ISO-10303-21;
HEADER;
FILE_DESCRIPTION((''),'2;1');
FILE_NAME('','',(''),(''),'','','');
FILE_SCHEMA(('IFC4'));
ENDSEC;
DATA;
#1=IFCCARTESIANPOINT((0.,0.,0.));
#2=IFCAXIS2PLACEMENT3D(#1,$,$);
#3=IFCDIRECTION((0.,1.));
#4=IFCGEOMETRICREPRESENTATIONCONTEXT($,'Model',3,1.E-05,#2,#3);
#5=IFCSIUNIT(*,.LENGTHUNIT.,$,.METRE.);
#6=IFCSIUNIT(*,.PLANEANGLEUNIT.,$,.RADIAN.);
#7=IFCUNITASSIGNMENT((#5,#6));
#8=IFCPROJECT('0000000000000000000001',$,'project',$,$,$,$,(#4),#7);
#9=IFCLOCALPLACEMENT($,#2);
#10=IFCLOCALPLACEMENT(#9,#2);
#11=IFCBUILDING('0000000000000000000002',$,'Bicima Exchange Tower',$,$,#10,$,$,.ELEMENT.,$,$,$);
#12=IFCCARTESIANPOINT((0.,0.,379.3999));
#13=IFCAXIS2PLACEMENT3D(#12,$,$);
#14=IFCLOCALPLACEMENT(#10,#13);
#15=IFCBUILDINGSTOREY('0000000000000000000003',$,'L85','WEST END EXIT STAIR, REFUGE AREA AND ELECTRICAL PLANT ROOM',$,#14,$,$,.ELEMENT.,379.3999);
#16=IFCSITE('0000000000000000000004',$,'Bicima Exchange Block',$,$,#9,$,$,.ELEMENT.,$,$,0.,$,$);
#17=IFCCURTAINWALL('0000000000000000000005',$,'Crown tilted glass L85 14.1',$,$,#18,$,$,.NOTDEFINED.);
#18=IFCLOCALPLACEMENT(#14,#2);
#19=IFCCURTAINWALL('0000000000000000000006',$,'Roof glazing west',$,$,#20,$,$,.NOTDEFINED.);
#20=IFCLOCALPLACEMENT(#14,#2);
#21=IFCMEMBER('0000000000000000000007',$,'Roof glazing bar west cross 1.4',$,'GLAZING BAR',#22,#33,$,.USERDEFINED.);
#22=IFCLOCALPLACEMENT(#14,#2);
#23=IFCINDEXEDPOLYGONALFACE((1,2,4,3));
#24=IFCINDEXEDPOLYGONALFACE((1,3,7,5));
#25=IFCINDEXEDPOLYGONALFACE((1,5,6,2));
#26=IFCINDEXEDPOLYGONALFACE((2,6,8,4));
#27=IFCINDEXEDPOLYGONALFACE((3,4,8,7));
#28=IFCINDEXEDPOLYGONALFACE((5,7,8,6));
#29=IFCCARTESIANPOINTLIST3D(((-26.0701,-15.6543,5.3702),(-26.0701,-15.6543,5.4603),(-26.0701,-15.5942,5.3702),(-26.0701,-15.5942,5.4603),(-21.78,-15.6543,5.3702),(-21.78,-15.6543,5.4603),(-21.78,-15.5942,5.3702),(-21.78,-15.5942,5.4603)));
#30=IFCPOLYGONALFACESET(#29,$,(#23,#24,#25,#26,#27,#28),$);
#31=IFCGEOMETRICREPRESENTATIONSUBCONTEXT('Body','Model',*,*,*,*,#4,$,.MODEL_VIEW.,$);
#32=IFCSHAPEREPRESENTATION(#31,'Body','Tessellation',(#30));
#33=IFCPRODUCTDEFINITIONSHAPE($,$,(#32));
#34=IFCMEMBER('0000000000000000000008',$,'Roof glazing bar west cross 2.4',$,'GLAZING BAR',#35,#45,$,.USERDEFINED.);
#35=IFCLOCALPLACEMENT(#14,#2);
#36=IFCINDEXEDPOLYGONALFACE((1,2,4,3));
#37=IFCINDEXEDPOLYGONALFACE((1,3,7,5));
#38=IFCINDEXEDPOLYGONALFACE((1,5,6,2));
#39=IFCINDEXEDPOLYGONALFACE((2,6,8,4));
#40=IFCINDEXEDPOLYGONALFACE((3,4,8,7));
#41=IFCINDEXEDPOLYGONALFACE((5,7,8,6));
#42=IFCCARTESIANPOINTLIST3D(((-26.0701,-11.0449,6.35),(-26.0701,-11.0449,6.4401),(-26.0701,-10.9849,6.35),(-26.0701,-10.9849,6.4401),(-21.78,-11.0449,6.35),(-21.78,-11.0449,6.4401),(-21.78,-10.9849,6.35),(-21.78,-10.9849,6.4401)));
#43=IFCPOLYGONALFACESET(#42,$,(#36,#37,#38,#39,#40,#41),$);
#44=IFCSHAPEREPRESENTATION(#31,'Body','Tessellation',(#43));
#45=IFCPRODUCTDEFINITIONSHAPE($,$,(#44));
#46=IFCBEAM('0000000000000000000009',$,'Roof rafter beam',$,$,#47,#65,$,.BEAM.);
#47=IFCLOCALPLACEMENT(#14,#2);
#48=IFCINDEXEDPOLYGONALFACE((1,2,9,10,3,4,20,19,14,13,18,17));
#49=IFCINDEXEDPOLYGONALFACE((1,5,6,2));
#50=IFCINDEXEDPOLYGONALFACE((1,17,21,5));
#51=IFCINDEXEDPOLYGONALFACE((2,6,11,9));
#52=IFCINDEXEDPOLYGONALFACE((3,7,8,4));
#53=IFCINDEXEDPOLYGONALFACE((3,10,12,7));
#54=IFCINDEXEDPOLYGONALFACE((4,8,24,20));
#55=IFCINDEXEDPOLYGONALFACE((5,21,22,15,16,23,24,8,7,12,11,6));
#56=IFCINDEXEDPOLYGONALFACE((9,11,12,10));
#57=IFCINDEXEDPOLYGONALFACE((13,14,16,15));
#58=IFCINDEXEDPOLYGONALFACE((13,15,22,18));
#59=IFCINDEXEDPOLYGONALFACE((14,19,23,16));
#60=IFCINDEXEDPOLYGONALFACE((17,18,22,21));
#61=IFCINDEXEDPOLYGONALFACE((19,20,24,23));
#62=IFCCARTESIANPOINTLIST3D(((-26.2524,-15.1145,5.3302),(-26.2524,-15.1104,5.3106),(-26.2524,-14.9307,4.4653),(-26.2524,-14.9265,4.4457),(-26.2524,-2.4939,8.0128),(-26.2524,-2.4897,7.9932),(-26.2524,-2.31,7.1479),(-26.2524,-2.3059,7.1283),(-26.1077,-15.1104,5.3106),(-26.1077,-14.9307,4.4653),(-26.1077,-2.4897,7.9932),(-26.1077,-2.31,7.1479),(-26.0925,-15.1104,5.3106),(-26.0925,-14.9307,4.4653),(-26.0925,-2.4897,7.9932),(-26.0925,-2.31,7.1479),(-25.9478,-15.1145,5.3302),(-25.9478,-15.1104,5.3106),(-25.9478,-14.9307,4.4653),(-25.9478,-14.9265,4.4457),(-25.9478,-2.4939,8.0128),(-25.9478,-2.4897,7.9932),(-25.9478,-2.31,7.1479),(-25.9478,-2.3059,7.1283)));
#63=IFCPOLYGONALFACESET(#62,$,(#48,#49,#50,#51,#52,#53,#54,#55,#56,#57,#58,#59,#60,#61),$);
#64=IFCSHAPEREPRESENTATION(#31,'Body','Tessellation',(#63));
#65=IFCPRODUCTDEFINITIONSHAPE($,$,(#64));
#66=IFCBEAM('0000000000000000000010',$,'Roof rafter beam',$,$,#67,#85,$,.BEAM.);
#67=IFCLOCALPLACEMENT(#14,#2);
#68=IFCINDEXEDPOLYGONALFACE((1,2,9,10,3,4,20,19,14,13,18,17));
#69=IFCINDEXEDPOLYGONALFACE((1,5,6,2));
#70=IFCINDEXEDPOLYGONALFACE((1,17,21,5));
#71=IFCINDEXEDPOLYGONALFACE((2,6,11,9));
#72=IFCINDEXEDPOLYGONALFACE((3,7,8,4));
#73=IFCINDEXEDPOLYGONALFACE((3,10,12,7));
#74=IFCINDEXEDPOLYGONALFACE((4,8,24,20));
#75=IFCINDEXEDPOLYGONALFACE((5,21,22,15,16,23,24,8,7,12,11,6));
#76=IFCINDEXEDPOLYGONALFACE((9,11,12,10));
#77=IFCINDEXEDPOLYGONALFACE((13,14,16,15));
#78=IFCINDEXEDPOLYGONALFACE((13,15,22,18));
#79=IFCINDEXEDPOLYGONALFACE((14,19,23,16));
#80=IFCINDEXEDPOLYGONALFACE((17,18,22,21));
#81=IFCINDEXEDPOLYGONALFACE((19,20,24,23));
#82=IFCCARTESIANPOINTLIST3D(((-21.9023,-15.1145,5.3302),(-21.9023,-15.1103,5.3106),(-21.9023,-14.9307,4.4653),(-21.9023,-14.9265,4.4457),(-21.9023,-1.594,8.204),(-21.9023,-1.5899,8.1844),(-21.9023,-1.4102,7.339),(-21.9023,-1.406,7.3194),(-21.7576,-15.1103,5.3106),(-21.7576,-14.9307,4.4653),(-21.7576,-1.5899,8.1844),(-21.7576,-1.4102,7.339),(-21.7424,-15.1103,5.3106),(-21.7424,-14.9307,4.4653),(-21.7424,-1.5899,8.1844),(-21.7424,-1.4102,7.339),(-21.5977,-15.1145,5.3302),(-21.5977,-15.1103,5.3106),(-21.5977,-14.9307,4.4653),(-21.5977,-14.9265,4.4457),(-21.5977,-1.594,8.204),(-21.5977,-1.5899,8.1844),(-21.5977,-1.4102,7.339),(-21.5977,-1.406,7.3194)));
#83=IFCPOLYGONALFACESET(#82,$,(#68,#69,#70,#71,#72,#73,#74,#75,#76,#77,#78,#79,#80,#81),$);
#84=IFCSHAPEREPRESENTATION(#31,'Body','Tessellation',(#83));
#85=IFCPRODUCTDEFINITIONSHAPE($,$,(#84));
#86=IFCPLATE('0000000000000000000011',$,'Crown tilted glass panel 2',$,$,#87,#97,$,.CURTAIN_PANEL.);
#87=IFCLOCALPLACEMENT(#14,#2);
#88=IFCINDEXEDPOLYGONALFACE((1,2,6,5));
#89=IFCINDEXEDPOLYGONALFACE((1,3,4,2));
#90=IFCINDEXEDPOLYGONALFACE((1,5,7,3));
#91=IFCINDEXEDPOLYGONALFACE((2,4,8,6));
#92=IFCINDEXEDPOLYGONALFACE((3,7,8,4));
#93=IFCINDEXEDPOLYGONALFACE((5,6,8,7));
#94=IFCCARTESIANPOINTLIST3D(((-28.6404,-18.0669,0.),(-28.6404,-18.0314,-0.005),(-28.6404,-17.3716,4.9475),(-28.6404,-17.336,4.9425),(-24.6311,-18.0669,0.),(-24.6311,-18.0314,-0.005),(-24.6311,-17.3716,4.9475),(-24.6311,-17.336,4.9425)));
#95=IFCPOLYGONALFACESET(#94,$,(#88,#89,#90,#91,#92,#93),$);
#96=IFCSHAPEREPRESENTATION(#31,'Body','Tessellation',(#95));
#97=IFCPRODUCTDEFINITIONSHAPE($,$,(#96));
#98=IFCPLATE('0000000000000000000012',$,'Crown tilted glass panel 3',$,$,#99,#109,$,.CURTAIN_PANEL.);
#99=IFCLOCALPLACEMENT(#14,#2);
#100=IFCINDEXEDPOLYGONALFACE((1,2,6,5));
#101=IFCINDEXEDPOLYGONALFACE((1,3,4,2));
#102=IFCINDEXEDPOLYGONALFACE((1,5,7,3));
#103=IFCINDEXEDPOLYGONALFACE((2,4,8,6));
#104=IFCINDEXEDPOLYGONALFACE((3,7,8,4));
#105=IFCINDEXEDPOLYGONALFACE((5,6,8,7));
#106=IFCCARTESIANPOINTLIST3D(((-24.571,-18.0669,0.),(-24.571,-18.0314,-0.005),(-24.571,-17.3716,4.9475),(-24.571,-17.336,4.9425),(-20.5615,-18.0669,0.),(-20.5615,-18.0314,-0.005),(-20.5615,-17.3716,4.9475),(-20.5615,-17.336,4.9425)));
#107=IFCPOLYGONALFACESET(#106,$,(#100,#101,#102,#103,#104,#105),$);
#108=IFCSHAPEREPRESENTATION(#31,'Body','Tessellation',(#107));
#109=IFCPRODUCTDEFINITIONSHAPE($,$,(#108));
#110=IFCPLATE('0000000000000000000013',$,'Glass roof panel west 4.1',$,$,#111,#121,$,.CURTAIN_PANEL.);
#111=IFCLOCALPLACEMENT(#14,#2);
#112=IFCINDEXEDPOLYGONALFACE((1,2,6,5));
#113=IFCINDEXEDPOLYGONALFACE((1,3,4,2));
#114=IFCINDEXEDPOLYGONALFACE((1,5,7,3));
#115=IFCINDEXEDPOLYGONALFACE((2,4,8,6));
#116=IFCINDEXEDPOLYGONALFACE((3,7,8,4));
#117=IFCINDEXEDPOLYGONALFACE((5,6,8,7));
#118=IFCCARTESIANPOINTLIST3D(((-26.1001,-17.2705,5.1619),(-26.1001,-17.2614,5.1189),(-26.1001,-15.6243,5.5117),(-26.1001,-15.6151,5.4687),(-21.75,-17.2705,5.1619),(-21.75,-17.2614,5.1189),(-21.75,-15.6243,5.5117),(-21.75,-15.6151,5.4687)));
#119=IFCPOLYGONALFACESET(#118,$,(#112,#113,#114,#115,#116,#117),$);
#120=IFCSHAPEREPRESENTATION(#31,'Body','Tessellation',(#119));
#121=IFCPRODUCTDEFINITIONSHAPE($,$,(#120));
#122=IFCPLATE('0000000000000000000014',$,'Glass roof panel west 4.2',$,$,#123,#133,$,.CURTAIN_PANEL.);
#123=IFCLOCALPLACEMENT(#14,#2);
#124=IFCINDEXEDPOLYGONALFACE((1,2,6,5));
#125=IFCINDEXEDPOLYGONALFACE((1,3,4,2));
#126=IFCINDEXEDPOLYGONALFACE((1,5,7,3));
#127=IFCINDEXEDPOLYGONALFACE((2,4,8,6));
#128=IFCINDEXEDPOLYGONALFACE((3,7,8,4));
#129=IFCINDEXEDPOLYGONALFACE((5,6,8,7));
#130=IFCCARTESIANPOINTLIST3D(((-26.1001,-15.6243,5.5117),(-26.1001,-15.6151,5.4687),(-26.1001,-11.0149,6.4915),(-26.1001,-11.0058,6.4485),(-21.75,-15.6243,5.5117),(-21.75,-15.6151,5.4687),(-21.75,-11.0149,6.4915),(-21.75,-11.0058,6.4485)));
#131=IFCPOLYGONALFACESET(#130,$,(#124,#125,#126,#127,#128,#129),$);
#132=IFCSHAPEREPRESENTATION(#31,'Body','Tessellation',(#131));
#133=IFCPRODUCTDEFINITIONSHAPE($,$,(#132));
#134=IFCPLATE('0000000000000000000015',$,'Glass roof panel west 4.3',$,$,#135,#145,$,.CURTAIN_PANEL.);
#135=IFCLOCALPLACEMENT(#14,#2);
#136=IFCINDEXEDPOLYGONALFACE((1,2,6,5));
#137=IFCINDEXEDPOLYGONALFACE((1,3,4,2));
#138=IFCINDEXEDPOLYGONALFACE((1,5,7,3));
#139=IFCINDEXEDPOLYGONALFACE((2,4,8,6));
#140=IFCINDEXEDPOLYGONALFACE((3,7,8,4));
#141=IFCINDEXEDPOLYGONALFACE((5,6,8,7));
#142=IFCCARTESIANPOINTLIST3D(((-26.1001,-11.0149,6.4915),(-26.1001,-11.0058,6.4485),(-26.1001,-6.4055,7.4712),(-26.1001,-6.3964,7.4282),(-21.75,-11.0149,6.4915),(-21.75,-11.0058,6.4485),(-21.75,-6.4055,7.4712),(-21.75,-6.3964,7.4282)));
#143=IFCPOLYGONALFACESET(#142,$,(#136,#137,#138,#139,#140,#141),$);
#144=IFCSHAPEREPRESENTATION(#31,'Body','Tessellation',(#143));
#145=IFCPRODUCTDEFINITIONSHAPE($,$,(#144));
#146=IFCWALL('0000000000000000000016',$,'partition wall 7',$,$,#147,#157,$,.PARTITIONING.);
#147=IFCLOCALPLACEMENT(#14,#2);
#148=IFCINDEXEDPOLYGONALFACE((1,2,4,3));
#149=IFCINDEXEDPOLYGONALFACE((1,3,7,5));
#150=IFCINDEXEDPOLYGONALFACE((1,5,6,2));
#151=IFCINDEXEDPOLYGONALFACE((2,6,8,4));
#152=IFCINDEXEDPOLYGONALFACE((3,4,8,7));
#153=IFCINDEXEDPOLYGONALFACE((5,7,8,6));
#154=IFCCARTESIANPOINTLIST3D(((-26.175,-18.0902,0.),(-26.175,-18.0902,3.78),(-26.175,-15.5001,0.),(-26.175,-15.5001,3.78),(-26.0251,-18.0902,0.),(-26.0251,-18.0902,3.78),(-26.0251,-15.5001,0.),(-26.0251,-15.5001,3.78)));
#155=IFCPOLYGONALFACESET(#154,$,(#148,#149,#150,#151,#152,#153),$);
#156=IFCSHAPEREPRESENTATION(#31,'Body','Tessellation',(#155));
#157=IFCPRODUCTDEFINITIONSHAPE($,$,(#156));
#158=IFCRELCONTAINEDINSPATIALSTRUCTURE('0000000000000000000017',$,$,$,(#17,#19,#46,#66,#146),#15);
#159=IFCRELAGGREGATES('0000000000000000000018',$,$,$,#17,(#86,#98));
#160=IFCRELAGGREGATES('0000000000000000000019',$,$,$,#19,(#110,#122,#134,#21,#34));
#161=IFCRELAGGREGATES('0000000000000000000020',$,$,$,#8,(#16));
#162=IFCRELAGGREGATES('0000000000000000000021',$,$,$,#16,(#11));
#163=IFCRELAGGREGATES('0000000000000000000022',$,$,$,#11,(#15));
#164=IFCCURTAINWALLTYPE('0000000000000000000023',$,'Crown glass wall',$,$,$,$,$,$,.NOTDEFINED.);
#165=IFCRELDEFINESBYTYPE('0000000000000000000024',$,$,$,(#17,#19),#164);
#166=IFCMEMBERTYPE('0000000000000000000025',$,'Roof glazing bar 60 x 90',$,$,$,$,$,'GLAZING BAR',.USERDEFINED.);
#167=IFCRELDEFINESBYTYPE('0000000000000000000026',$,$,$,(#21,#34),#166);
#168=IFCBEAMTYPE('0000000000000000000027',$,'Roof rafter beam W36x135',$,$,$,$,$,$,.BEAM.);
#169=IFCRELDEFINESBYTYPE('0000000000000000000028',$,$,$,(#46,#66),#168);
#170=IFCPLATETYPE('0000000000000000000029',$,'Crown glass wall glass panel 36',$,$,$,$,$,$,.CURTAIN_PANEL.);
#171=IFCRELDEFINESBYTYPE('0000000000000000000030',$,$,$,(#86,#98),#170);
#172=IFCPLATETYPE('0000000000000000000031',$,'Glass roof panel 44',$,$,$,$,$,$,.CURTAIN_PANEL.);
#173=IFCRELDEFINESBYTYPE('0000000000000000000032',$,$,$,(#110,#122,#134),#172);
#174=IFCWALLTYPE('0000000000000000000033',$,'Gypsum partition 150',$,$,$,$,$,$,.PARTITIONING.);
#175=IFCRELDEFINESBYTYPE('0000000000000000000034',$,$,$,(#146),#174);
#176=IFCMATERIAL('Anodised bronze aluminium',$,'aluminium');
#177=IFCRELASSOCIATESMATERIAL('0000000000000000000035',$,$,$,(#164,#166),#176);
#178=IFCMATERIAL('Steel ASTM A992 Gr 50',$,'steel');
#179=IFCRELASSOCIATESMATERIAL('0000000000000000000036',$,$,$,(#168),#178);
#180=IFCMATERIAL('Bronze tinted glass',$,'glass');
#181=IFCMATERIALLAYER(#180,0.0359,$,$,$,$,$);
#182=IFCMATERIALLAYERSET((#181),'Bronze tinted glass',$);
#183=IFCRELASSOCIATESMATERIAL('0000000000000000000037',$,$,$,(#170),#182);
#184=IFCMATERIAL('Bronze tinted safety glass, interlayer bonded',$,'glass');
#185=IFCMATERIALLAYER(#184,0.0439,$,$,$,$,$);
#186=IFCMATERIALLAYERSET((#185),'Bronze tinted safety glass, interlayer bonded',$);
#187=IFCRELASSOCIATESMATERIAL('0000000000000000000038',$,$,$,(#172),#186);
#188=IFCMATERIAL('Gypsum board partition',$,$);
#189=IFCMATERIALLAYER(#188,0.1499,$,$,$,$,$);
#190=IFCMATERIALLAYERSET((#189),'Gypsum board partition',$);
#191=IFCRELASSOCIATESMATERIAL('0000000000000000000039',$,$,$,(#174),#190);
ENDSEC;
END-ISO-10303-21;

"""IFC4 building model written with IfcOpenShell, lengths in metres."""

from ifc_helpers import new_model, si_unit, direction, frame, frame_2d, origin, origin_2d, place, context, subcontext, project, spatial, polyline, rectangle, i_section, outline, extrude, material, layer, layer_set, material_profile, profile_set, type_object, element, aggregate, save


model = new_model("IFC4")

# Units and contexts
model_context = context("Model", 3, precision=1e-05, world=origin(), true_north=direction((0.0, 1.0)))
body_context = subcontext(model_context, "Body", "Model", "MODEL_VIEW")
ifc_project = project(units=[si_unit("LENGTHUNIT", "METRE"), si_unit("PLANEANGLEUNIT", "RADIAN")], contexts=[model_context])

# Site, building, storey
site_placement = place(None, origin())
site = spatial("IfcSite", under=ifc_project, at=site_placement, Name="Bicima Exchange Block", CompositionType="ELEMENT", RefElevation=0.0)
building_placement = place(site_placement, origin())
building = spatial("IfcBuilding", under=site, at=building_placement, Name="Bicima Exchange Tower", CompositionType="ELEMENT")
storey_placement = place(building_placement, frame((0.0, 0.0, 379.3999)))
storey = spatial("IfcBuildingStorey", under=building, at=storey_placement, Name="L85", Description="WEST END EXIT STAIR, REFUGE AREA AND ELECTRICAL PLANT ROOM", CompositionType="ELEMENT", Elevation=379.3999)

# Shared definitions
ifc_material_1 = material(Name="Steel ASTM A992 Gr 50", Category="steel")

# Curtain wall
ifc_material_2 = material(Name="Anodised bronze aluminium", Category="aluminium")
curtain_wall_type = type_object("IfcCurtainWallType", Name="Crown glass wall", PredefinedType="NOTDEFINED", material=ifc_material_2)
curtain_wall_1_placement = place(storey_placement, origin())
curtain_wall_1 = element("IfcCurtainWall", 1, at=curtain_wall_1_placement, inside=storey, type_object=curtain_wall_type, Name="Crown tilted glass L85 14.1", PredefinedType="NOTDEFINED")

# Curtain wall, members
curtain_wall_2_placement = place(storey_placement, origin())
curtain_wall_2 = element("IfcCurtainWall", 2, at=curtain_wall_2_placement, inside=storey, type_object=curtain_wall_type, Name="Roof glazing west", PredefinedType="NOTDEFINED")
ifc_material_profile_1 = material_profile(ifc_material_2, rectangle(XDim=0.0601, YDim=0.0901, at=origin_2d()))
ifc_profile_set_1 = profile_set([ifc_material_profile_1], Name="Anodised bronze aluminium")
member_type_1 = type_object("IfcMemberType", Name="Roof glazing bar 60 x 90", ElementType="GLAZING BAR", PredefinedType="USERDEFINED", material=ifc_profile_set_1)
member_1_placement = place(storey_placement, frame((-26.0701, -15.6243, 5.4153), z_axis=(1.0, 0.0, 0.0), x_axis=(0.0, 1.0, 0.0)))
member_1 = element("IfcMember", 3, at=member_1_placement, type_object=member_type_1, Name="Roof glazing bar west cross 1.4", ObjectType="GLAZING BAR", PredefinedType="USERDEFINED", context=body_context, shape_type="SweptSolid", body=[
    extrude(rectangle(XDim=0.0601, YDim=0.0901, at=origin_2d()), origin(), (0.0, 0.0, 1.0), 4.29),
])
member_2_placement = place(storey_placement, frame((-26.0701, -11.0149, 6.395), z_axis=(1.0, 0.0, 0.0), x_axis=(0.0, 1.0, 0.0)))
member_2 = element("IfcMember", 4, at=member_2_placement, type_object=member_type_1, Name="Roof glazing bar west cross 2.4", ObjectType="GLAZING BAR", PredefinedType="USERDEFINED", context=body_context, shape_type="SweptSolid", body=[
    extrude(rectangle(XDim=0.0601, YDim=0.0901, at=origin_2d()), origin(), (0.0, 0.0, 1.0), 4.29),
])

# Beams
ifc_material_profile_2 = material_profile(ifc_material_1, i_section(OverallWidth=0.3047, OverallDepth=0.9043, WebThickness=0.0151, FlangeThickness=0.02, at=origin_2d()))
ifc_profile_set_2 = profile_set([ifc_material_profile_2], Name="Steel ASTM A992 Gr 50")
beam_type_1 = type_object("IfcBeamType", Name="Roof rafter beam W36x135", PredefinedType="BEAM", material=ifc_profile_set_2)
beam_1_placement = place(storey_placement, frame((-26.1001, -15.0205, 4.8879), z_axis=(0.0, 0.978147, 0.207914), x_axis=(-1.0, 0.0, 0.0)))
element("IfcBeam", 5, at=beam_1_placement, inside=storey, type_object=beam_type_1, Name="Roof rafter beam", PredefinedType="BEAM", context=body_context, shape_type="SweptSolid", body=[
    extrude(i_section(OverallWidth=0.3047, OverallDepth=0.9043, WebThickness=0.0151, FlangeThickness=0.02, at=origin_2d()), origin(), (0.0, 0.0, 1.0), 12.9026),
])
beam_2_placement = place(storey_placement, frame((-21.75, -15.0205, 4.8879), z_axis=(0.0, 0.978149, 0.207905), x_axis=(-1.0, 0.0, 0.0)))
element("IfcBeam", 6, at=beam_2_placement, inside=storey, type_object=beam_type_1, Name="Roof rafter beam", PredefinedType="BEAM", context=body_context, shape_type="SweptSolid", body=[
    extrude(i_section(OverallWidth=0.3047, OverallDepth=0.9043, WebThickness=0.0151, FlangeThickness=0.02, at=origin_2d()), origin(), (0.0, 0.0, 1.0), 13.8225),
])

# Plates
ifc_material_3 = material(Name="Bronze tinted glass", Category="glass")
ifc_layer_1 = layer(ifc_material_3, 0.0359)
ifc_layer_set_1 = layer_set([ifc_layer_1], Name="Bronze tinted glass")
plate_type_1 = type_object("IfcPlateType", Name="Crown glass wall glass panel 36", PredefinedType="CURTAIN_PANEL", material=ifc_layer_set_1)
plate_1_placement = place(storey_placement, frame((-28.6404, -18.0669, 0.0), z_axis=(0.0, -0.990268, 0.13917), x_axis=(1.0, 0.0, 0.0)))
plate_1 = element("IfcPlate", 7, at=plate_1_placement, type_object=plate_type_1, Name="Crown tilted glass panel 2", PredefinedType="CURTAIN_PANEL", context=body_context, shape_type="SweptSolid", body=[
    extrude(outline(polyline([(0.0, 0.0), (4.0093, 0.0), (4.0093, 4.9961), (0.0, 4.9961), (0.0, 0.0)])), origin(), (0.0, 0.0, -1.0), 0.0359),
])
plate_2_placement = place(storey_placement, frame((-24.571, -18.0669, 0.0), z_axis=(0.0, -0.990268, 0.13917), x_axis=(1.0, 0.0, 0.0)))
plate_2 = element("IfcPlate", 8, at=plate_2_placement, type_object=plate_type_1, Name="Crown tilted glass panel 3", PredefinedType="CURTAIN_PANEL", context=body_context, shape_type="SweptSolid", body=[
    extrude(outline(polyline([(0.0, 0.0), (4.0095, 0.0), (4.0095, 4.9961), (0.0, 4.9961), (0.0, 0.0)])), origin(), (0.0, 0.0, -1.0), 0.0359),
])
aggregate(curtain_wall_1, [plate_1, plate_2])
ifc_material_4 = material(Name="Bronze tinted safety glass, interlayer bonded", Category="glass")
ifc_layer_2 = layer(ifc_material_4, 0.0439)
ifc_layer_set_2 = layer_set([ifc_layer_2], Name="Bronze tinted safety glass, interlayer bonded")
plate_type_2 = type_object("IfcPlateType", Name="Glass roof panel 44", PredefinedType="CURTAIN_PANEL", material=ifc_layer_set_2)
plate_3_placement = place(storey_placement, frame((-26.1001, -17.2705, 5.1619), z_axis=(0.0, -0.207874, 0.978156), x_axis=(0.0, 0.978156, 0.207874)))
plate_3 = element("IfcPlate", 9, at=plate_3_placement, type_object=plate_type_2, Name="Glass roof panel west 4.1", PredefinedType="CURTAIN_PANEL", context=body_context, shape_type="SweptSolid", body=[
    extrude(outline(polyline([(0.0, 0.0), (1.683, 0.0), (1.683, -4.3501), (0.0, -4.3501), (0.0, 0.0)])), origin(), (0.0, 0.0, -1.0), 0.0439),
])
plate_4_placement = place(storey_placement, frame((-26.1001, -15.6243, 5.5117), z_axis=(0.0, -0.207908, 0.978148), x_axis=(0.0, 0.978148, 0.207908)))
plate_4 = element("IfcPlate", 10, at=plate_4_placement, type_object=plate_type_2, Name="Glass roof panel west 4.2", PredefinedType="CURTAIN_PANEL", context=body_context, shape_type="SweptSolid", body=[
    extrude(outline(polyline([(0.0, 0.0), (4.7123, 0.0), (4.7123, -4.3501), (0.0, -4.3501), (0.0, 0.0)])), origin(), (0.0, 0.0, -1.0), 0.0439),
])
plate_5_placement = place(storey_placement, frame((-26.1001, -11.0149, 6.4915), z_axis=(0.0, -0.207908, 0.978148), x_axis=(0.0, 0.978148, 0.207908)))
plate_5 = element("IfcPlate", 11, at=plate_5_placement, type_object=plate_type_2, Name="Glass roof panel west 4.3", PredefinedType="CURTAIN_PANEL", context=body_context, shape_type="SweptSolid", body=[
    extrude(outline(polyline([(0.0, 0.0), (4.7123, 0.0), (4.7123, -4.3501), (0.0, -4.3501), (0.0, 0.0)])), origin(), (0.0, 0.0, -1.0), 0.0439),
])
aggregate(curtain_wall_2, [plate_3, plate_4, plate_5, member_1, member_2])

# Wall
ifc_material_5 = material(Name="Gypsum board partition")
ifc_layer_3 = layer(ifc_material_5, 0.1499)
ifc_layer_set_3 = layer_set([ifc_layer_3], Name="Gypsum board partition")
wall_type_1 = type_object("IfcWallType", Name="Gypsum partition 150", PredefinedType="PARTITIONING", material=ifc_layer_set_3)
wall_1_placement = place(storey_placement, frame((-26.1001, -18.0901, 0.0), z_axis=(0.0, 0.0, 1.0), x_axis=(0.0, 1.0, 0.0)))
element("IfcWall", 12, at=wall_1_placement, inside=storey, type_object=wall_type_1, Name="partition wall 7", PredefinedType="PARTITIONING", context=body_context, shape_type="SweptSolid", body=[
    extrude(rectangle(XDim=2.5901, YDim=0.1499, at=frame_2d((1.2949, 0.0))), origin(), (0.0, 0.0, 1.0), 3.78),
])

save(model, "model.ifc")
